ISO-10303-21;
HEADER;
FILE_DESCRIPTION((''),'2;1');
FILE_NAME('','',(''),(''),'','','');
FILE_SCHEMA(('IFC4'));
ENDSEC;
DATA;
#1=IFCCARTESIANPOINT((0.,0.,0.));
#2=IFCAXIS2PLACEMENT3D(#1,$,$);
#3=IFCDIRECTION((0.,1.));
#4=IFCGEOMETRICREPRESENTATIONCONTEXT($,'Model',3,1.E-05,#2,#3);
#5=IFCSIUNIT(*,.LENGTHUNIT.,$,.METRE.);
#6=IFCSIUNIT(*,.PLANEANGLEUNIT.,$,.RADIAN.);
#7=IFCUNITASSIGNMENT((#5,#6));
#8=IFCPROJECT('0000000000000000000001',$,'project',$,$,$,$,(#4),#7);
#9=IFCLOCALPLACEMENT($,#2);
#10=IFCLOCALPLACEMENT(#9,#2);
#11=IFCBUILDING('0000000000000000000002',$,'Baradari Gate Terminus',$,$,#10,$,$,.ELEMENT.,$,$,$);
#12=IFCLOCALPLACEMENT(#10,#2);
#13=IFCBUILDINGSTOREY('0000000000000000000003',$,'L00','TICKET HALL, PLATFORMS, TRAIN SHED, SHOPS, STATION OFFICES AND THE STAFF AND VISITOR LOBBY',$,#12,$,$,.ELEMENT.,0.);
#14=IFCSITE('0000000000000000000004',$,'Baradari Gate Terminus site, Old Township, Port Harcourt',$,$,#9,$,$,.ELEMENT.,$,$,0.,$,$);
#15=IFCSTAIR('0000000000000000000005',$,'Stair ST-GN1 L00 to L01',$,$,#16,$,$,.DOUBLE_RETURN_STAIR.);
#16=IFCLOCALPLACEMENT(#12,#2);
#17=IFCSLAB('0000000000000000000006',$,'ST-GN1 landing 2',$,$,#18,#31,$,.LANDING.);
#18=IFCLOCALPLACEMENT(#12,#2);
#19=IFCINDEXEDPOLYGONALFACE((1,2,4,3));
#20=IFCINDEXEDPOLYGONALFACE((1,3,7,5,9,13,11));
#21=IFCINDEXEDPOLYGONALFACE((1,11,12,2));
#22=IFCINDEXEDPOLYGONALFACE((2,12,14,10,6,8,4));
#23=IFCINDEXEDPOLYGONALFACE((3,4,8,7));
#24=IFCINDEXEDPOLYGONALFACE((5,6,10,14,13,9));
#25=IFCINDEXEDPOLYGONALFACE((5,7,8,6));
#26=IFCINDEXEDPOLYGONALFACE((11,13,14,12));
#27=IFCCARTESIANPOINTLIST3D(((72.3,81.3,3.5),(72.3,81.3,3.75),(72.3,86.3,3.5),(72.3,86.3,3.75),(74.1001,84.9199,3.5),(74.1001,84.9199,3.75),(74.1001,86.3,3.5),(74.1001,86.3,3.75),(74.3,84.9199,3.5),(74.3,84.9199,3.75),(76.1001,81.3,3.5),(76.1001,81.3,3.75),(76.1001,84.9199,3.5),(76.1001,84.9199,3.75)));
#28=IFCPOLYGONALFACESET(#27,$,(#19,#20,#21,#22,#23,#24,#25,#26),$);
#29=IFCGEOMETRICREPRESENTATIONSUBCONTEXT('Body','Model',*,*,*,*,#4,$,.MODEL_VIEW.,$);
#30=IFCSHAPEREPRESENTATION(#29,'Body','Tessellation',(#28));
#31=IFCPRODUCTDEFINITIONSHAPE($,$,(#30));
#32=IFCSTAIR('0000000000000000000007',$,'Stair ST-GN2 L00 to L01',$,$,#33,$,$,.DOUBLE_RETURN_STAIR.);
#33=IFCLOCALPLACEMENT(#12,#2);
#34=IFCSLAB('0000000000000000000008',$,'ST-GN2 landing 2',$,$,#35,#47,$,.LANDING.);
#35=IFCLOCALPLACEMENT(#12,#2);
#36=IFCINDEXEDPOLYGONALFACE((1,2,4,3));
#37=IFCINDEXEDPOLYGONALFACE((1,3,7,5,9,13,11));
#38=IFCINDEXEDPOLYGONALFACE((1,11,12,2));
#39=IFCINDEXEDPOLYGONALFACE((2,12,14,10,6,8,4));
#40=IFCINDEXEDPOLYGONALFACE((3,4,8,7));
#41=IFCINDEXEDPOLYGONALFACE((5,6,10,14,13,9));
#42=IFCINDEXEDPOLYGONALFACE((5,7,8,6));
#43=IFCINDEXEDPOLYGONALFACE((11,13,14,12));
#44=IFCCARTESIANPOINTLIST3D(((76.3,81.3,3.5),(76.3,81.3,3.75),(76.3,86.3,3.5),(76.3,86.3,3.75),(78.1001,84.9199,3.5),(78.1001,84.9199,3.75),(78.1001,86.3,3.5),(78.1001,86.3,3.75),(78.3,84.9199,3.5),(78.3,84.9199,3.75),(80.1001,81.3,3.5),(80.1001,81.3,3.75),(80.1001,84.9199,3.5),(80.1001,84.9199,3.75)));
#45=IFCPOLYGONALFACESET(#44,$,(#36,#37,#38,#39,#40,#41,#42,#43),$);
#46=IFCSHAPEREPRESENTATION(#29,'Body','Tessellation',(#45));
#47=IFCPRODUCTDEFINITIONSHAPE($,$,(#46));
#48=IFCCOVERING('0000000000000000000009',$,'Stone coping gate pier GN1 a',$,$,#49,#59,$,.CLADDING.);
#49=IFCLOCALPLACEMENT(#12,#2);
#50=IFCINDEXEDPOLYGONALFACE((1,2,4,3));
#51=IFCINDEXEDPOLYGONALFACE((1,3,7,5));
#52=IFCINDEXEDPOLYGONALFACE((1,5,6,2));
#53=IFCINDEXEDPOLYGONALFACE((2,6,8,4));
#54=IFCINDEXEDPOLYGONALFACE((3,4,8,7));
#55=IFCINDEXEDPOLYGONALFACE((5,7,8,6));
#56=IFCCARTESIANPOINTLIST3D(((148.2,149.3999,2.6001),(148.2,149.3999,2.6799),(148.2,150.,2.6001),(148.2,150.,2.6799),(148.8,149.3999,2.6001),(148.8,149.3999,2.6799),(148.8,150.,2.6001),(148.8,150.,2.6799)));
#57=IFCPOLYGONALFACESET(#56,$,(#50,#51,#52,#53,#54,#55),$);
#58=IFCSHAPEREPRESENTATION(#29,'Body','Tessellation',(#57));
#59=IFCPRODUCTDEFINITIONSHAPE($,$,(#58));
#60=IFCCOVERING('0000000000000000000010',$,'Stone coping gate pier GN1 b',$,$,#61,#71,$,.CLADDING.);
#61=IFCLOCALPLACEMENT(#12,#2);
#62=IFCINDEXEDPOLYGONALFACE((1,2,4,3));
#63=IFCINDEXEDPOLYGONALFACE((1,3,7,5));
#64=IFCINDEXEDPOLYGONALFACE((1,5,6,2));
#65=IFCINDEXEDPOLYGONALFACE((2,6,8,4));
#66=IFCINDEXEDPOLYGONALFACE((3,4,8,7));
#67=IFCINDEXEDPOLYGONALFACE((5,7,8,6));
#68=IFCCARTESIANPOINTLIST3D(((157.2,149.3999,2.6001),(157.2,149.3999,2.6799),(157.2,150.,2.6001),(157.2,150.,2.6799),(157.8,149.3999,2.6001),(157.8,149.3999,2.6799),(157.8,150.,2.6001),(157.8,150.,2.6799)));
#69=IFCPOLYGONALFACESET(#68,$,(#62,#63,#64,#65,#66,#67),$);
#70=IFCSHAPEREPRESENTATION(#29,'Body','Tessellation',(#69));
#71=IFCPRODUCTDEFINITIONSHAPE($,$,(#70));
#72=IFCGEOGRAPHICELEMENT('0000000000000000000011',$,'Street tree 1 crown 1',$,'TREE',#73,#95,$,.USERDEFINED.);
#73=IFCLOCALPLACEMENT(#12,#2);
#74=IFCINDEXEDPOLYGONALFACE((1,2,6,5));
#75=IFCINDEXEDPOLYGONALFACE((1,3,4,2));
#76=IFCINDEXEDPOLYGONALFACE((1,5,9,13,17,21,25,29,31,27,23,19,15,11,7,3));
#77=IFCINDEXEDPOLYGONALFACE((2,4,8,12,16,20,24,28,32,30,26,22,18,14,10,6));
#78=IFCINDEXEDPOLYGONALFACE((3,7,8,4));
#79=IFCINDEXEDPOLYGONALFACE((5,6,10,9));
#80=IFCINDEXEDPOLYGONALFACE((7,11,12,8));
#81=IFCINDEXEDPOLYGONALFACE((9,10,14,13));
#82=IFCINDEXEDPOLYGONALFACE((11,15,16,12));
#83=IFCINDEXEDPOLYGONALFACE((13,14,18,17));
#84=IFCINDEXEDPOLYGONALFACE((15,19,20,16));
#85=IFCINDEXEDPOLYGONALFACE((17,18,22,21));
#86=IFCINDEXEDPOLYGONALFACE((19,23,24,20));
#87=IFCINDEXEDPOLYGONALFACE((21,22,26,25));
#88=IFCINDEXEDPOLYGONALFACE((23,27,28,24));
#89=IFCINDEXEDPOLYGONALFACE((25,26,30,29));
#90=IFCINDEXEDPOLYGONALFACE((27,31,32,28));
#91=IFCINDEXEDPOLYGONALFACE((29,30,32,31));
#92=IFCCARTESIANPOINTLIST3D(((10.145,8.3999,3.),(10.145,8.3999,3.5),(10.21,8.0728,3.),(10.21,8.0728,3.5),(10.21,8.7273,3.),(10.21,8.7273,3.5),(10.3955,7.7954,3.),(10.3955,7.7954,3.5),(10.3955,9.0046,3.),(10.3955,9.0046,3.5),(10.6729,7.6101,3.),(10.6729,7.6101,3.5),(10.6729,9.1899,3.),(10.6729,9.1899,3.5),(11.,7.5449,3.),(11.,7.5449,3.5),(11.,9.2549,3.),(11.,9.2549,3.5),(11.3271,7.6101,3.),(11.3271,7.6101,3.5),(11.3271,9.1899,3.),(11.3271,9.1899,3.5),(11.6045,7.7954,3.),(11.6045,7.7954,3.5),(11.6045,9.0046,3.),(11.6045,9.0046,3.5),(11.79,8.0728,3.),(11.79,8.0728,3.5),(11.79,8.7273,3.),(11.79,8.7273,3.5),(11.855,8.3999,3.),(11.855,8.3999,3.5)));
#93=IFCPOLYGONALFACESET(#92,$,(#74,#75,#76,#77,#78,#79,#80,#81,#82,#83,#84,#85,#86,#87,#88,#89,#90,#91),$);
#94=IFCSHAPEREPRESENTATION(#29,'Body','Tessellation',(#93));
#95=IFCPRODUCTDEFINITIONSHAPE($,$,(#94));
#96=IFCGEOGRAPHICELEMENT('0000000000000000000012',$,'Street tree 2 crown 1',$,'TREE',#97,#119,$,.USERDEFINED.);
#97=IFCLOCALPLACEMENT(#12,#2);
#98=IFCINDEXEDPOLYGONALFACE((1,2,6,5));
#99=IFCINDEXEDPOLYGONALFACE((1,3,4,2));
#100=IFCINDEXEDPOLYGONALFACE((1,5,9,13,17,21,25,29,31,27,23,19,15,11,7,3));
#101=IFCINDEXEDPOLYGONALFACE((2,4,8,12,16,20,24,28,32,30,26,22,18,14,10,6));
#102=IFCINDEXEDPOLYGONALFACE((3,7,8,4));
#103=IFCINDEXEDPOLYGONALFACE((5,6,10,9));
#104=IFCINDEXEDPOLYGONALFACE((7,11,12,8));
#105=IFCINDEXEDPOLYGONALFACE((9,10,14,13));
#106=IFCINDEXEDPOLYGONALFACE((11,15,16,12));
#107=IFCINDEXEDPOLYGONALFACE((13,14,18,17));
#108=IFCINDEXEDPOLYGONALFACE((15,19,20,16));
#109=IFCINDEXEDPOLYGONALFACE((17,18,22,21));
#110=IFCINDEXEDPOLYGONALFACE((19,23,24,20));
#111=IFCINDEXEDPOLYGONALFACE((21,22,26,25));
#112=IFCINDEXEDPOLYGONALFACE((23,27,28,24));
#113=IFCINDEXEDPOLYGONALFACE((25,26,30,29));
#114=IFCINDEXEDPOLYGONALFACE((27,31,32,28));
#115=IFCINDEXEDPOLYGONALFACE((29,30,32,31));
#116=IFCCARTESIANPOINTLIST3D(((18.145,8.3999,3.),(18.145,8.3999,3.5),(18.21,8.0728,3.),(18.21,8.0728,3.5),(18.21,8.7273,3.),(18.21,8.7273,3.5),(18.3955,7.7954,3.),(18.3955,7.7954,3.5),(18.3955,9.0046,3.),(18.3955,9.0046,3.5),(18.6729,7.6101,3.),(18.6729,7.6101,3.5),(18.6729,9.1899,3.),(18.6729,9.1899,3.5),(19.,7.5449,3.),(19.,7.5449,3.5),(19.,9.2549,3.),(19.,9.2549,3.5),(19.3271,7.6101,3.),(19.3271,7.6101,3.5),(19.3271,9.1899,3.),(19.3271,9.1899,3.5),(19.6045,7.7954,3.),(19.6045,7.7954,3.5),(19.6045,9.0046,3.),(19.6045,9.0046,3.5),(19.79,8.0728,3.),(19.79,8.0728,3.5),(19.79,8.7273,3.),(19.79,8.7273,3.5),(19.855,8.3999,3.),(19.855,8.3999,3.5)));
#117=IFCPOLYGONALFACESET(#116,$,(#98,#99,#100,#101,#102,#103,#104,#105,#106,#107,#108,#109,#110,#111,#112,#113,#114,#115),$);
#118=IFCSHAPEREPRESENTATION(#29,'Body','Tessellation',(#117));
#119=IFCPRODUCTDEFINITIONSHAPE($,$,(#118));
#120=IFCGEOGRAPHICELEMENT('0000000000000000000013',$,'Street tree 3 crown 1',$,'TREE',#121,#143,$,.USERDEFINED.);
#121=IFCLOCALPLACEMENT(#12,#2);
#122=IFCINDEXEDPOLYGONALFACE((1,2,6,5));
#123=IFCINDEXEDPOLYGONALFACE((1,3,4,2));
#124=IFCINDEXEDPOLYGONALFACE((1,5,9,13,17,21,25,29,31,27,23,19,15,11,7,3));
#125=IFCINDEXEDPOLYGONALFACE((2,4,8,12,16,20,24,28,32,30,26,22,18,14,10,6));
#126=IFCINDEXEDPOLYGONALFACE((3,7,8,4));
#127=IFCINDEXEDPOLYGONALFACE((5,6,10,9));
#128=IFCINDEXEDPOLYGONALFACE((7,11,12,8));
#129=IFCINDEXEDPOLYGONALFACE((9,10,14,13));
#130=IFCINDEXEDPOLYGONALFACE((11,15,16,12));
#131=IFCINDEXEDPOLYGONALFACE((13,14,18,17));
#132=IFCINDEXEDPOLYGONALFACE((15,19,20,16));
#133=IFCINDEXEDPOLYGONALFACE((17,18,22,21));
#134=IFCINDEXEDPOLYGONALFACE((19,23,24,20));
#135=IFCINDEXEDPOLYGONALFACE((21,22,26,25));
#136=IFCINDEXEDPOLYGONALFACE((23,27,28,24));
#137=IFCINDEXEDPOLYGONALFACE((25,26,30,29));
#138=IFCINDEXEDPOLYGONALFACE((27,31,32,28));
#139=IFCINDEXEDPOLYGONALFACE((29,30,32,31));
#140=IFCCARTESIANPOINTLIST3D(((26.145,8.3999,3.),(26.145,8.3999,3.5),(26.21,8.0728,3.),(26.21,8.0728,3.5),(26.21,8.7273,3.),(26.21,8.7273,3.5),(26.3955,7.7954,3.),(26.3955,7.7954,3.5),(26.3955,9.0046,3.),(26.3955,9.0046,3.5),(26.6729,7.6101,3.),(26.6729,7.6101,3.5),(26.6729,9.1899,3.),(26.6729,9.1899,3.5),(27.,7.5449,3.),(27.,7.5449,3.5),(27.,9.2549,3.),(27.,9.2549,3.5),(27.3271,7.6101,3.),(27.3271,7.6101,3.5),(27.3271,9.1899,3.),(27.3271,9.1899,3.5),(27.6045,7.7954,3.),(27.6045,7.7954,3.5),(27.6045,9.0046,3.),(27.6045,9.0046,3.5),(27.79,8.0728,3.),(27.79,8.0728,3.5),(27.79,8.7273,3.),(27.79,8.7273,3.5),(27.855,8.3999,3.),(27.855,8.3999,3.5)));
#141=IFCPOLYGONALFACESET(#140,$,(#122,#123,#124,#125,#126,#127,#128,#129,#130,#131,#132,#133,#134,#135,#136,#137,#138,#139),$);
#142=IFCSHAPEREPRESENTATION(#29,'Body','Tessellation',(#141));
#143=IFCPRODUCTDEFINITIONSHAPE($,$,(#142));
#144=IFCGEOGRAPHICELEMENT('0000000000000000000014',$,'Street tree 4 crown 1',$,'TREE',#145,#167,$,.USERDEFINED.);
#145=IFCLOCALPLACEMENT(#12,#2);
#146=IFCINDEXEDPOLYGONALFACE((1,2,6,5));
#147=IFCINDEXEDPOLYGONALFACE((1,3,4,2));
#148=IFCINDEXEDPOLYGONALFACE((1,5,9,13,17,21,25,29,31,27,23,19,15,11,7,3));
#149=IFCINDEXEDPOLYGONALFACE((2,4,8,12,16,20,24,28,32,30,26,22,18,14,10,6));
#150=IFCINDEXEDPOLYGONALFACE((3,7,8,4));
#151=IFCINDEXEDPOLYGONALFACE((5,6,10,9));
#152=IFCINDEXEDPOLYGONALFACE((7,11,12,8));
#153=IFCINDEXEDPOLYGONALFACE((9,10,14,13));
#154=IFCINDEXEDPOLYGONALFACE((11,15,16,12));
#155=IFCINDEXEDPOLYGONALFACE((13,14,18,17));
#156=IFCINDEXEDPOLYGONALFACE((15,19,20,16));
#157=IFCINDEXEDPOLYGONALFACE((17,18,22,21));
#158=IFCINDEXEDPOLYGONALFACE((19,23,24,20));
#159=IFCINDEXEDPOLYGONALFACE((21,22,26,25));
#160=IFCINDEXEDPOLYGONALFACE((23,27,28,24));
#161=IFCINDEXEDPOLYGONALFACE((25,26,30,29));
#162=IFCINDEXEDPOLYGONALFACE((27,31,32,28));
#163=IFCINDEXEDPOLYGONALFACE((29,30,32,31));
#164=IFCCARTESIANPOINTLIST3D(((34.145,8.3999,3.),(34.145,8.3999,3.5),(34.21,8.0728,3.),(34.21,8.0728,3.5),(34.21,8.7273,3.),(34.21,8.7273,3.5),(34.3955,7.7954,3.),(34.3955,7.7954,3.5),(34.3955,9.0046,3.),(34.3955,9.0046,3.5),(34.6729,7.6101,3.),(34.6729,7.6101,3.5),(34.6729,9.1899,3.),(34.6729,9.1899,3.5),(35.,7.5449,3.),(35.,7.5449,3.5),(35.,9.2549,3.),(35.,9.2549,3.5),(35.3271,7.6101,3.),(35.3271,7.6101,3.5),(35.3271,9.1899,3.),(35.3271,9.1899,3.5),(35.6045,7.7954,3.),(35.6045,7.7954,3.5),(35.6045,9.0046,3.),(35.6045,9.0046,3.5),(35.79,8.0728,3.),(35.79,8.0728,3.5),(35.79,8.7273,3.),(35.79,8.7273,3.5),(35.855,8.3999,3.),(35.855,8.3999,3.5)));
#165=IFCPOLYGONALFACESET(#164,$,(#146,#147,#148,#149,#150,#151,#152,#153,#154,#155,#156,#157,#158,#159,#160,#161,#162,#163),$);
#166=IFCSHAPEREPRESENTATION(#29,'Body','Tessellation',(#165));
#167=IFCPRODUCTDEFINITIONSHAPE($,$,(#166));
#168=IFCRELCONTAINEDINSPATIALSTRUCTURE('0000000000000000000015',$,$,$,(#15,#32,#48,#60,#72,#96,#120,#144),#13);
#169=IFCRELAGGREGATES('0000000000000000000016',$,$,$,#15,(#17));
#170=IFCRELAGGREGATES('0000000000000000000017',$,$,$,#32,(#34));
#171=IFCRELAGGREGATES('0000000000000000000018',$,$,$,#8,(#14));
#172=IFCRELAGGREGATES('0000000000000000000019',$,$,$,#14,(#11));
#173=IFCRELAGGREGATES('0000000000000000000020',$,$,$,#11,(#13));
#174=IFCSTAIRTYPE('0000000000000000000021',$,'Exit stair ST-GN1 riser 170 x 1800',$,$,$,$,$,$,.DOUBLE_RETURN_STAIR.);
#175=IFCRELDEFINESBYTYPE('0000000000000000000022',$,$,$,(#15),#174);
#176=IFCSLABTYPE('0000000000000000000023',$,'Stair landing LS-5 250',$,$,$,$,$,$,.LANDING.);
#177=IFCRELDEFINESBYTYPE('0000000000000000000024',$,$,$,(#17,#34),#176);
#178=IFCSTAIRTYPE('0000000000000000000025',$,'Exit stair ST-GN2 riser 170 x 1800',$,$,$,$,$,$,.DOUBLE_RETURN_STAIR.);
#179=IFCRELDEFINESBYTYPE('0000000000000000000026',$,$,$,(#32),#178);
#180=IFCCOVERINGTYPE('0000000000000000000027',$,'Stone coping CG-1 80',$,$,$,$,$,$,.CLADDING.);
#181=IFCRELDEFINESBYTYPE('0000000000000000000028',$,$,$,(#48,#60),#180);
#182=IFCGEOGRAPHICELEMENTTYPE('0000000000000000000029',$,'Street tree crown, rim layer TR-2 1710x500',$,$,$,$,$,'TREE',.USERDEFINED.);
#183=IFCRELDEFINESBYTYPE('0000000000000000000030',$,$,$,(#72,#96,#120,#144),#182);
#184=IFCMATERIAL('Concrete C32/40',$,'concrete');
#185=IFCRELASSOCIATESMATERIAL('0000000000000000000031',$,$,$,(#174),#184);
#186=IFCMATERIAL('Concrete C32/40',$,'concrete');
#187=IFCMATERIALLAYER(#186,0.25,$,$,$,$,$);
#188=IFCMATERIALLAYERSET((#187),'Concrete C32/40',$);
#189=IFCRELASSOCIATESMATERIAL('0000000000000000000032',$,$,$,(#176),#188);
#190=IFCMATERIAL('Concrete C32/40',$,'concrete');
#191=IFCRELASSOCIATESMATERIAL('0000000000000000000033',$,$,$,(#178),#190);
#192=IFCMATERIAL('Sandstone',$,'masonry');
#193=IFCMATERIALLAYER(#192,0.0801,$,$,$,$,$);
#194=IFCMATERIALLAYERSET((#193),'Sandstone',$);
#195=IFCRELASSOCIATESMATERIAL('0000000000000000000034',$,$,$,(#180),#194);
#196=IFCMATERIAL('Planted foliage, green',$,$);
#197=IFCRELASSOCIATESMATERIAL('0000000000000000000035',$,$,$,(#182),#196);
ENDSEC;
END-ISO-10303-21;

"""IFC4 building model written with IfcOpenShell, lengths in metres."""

from ifc_helpers import new_model, si_unit, direction, frame, origin, place, context, subcontext, project, spatial, polyline, outline, extrude, material, layer, layer_set, type_object, element, aggregate, save


model = new_model("IFC4")

# Units and contexts
model_context = context("Model", 3, precision=1e-05, world=origin(), true_north=direction((0.0, 1.0)))
body_context = subcontext(model_context, "Body", "Model", "MODEL_VIEW")
ifc_project = project(units=[si_unit("LENGTHUNIT", "METRE"), si_unit("PLANEANGLEUNIT", "RADIAN")], contexts=[model_context])

# Site, building, storey
site_placement = place(None, origin())
site = spatial("IfcSite", under=ifc_project, at=site_placement, Name="Baradari Gate Terminus site, Old Township, Port Harcourt", CompositionType="ELEMENT", RefElevation=0.0)
building_placement = place(site_placement, origin())
building = spatial("IfcBuilding", under=site, at=building_placement, Name="Baradari Gate Terminus", CompositionType="ELEMENT")
storey_placement = place(building_placement, origin())
storey = spatial("IfcBuildingStorey", under=building, at=storey_placement, Name="L00", Description="TICKET HALL, PLATFORMS, TRAIN SHED, SHOPS, STATION OFFICES AND THE STAFF AND VISITOR LOBBY", CompositionType="ELEMENT", Elevation=0.0)

# Stairs, slabs
ifc_material_1 = material(Name="Concrete C32/40", Category="concrete")
stair_type_1 = type_object("IfcStairType", Name="Exit stair ST-GN1 riser 170 x 1800", PredefinedType="DOUBLE_RETURN_STAIR", material=ifc_material_1)
stair_1_placement = place(storey_placement, origin())
stair_1 = element("IfcStair", 1, at=stair_1_placement, inside=storey, type_object=stair_type_1, Name="Stair ST-GN1 L00 to L01", PredefinedType="DOUBLE_RETURN_STAIR")
ifc_material_2 = material(Name="Concrete C32/40", Category="concrete")
ifc_layer_1 = layer(ifc_material_2, 0.25)
ifc_layer_set_1 = layer_set([ifc_layer_1], Name="Concrete C32/40")
slab_type = type_object("IfcSlabType", Name="Stair landing LS-5 250", PredefinedType="LANDING", material=ifc_layer_set_1)
slab_1_placement = place(storey_placement, frame((0.0, 0.0, 3.5)))
slab_1 = element("IfcSlab", 2, at=slab_1_placement, type_object=slab_type, Name="ST-GN1 landing 2", PredefinedType="LANDING", context=body_context, shape_type="SweptSolid", body=[
    extrude(outline(polyline([(72.3, 81.3), (72.3, 86.3), (74.1001, 86.3), (74.1001, 84.9199), (74.3, 84.9199), (76.1001, 84.9199), (76.1001, 81.3), (72.3, 81.3)])), origin(), (0.0, 0.0, 1.0), 0.25),
])
aggregate(stair_1, [slab_1])
ifc_material_3 = material(Name="Concrete C32/40", Category="concrete")
stair_type_2 = type_object("IfcStairType", Name="Exit stair ST-GN2 riser 170 x 1800", PredefinedType="DOUBLE_RETURN_STAIR", material=ifc_material_3)
stair_2_placement = place(storey_placement, origin())
stair_2 = element("IfcStair", 3, at=stair_2_placement, inside=storey, type_object=stair_type_2, Name="Stair ST-GN2 L00 to L01", PredefinedType="DOUBLE_RETURN_STAIR")
slab_2_placement = place(storey_placement, frame((0.0, 0.0, 3.5)))
slab_2 = element("IfcSlab", 4, at=slab_2_placement, type_object=slab_type, Name="ST-GN2 landing 2", PredefinedType="LANDING", context=body_context, shape_type="SweptSolid", body=[
    extrude(outline(polyline([(76.3, 81.3), (76.3, 86.3), (78.1001, 86.3), (78.1001, 84.9199), (78.3, 84.9199), (80.1001, 84.9199), (80.1001, 81.3), (76.3, 81.3)])), origin(), (0.0, 0.0, 1.0), 0.25),
])
aggregate(stair_2, [slab_2])

# Coverings
ifc_material_4 = material(Name="Sandstone", Category="masonry")
ifc_layer_2 = layer(ifc_material_4, 0.0801)
ifc_layer_set_2 = layer_set([ifc_layer_2], Name="Sandstone")
covering_type = type_object("IfcCoveringType", Name="Stone coping CG-1 80", PredefinedType="CLADDING", material=ifc_layer_set_2)
covering_1_placement = place(storey_placement, frame((0.0, 0.0, 2.6001)))
element("IfcCovering", 5, at=covering_1_placement, inside=storey, type_object=covering_type, Name="Stone coping gate pier GN1 a", PredefinedType="CLADDING", context=body_context, shape_type="SweptSolid", body=[
    extrude(outline(polyline([(148.8, 149.3999), (148.8, 150.0), (148.2, 150.0), (148.2, 149.3999), (148.8, 149.3999)])), origin(), (0.0, 0.0, 1.0), 0.0798),
])
covering_2_placement = place(storey_placement, frame((0.0, 0.0, 2.6001)))
element("IfcCovering", 6, at=covering_2_placement, inside=storey, type_object=covering_type, Name="Stone coping gate pier GN1 b", PredefinedType="CLADDING", context=body_context, shape_type="SweptSolid", body=[
    extrude(outline(polyline([(157.8, 149.3999), (157.8, 150.0), (157.2, 150.0), (157.2, 149.3999), (157.8, 149.3999)])), origin(), (0.0, 0.0, 1.0), 0.0798),
])

# Geographic elements
ifc_material_5 = material(Name="Planted foliage, green")
geographic_element_type_1 = type_object("IfcGeographicElementType", Name="Street tree crown, rim layer TR-2 1710x500", ElementType="TREE", PredefinedType="USERDEFINED", material=ifc_material_5)
geographic_element_1_placement = place(storey_placement, frame((0.0, 0.0, 3.0)))
element("IfcGeographicElement", 7, at=geographic_element_1_placement, inside=storey, type_object=geographic_element_type_1, Name="Street tree 1 crown 1", ObjectType="TREE", PredefinedType="USERDEFINED", context=body_context, shape_type="SweptSolid", body=[
    extrude(outline(polyline([(11.855, 8.3999), (11.79, 8.7273), (11.6045, 9.0046), (11.3271, 9.1899), (11.0, 9.2549), (10.6729, 9.1899), (10.3955, 9.0046), (10.21, 8.7273), (10.145, 8.3999), (10.21, 8.0728), (10.3955, 7.7954), (10.6729, 7.6101), (11.0, 7.5449), (11.3271, 7.6101), (11.6045, 7.7954), (11.79, 8.0728), (11.855, 8.3999)])), origin(), (0.0, 0.0, 1.0), 0.5),
])
geographic_element_2_placement = place(storey_placement, frame((0.0, 0.0, 3.0)))
element("IfcGeographicElement", 8, at=geographic_element_2_placement, inside=storey, type_object=geographic_element_type_1, Name="Street tree 2 crown 1", ObjectType="TREE", PredefinedType="USERDEFINED", context=body_context, shape_type="SweptSolid", body=[
    extrude(outline(polyline([(19.855, 8.3999), (19.79, 8.7273), (19.6045, 9.0046), (19.3271, 9.1899), (19.0, 9.2549), (18.6729, 9.1899), (18.3955, 9.0046), (18.21, 8.7273), (18.145, 8.3999), (18.21, 8.0728), (18.3955, 7.7954), (18.6729, 7.6101), (19.0, 7.5449), (19.3271, 7.6101), (19.6045, 7.7954), (19.79, 8.0728), (19.855, 8.3999)])), origin(), (0.0, 0.0, 1.0), 0.5),
])
geographic_element_3_placement = place(storey_placement, frame((0.0, 0.0, 3.0)))
element("IfcGeographicElement", 9, at=geographic_element_3_placement, inside=storey, type_object=geographic_element_type_1, Name="Street tree 3 crown 1", ObjectType="TREE", PredefinedType="USERDEFINED", context=body_context, shape_type="SweptSolid", body=[
    extrude(outline(polyline([(27.855, 8.3999), (27.79, 8.7273), (27.6045, 9.0046), (27.3271, 9.1899), (27.0, 9.2549), (26.6729, 9.1899), (26.3955, 9.0046), (26.21, 8.7273), (26.145, 8.3999), (26.21, 8.0728), (26.3955, 7.7954), (26.6729, 7.6101), (27.0, 7.5449), (27.3271, 7.6101), (27.6045, 7.7954), (27.79, 8.0728), (27.855, 8.3999)])), origin(), (0.0, 0.0, 1.0), 0.5),
])
geographic_element_4_placement = place(storey_placement, frame((0.0, 0.0, 3.0)))
element("IfcGeographicElement", 10, at=geographic_element_4_placement, inside=storey, type_object=geographic_element_type_1, Name="Street tree 4 crown 1", ObjectType="TREE", PredefinedType="USERDEFINED", context=body_context, shape_type="SweptSolid", body=[
    extrude(outline(polyline([(35.855, 8.3999), (35.79, 8.7273), (35.6045, 9.0046), (35.3271, 9.1899), (35.0, 9.2549), (34.6729, 9.1899), (34.3955, 9.0046), (34.21, 8.7273), (34.145, 8.3999), (34.21, 8.0728), (34.3955, 7.7954), (34.6729, 7.6101), (35.0, 7.5449), (35.3271, 7.6101), (35.6045, 7.7954), (35.79, 8.0728), (35.855, 8.3999)])), origin(), (0.0, 0.0, 1.0), 0.5),
])

save(model, "model.ifc")
